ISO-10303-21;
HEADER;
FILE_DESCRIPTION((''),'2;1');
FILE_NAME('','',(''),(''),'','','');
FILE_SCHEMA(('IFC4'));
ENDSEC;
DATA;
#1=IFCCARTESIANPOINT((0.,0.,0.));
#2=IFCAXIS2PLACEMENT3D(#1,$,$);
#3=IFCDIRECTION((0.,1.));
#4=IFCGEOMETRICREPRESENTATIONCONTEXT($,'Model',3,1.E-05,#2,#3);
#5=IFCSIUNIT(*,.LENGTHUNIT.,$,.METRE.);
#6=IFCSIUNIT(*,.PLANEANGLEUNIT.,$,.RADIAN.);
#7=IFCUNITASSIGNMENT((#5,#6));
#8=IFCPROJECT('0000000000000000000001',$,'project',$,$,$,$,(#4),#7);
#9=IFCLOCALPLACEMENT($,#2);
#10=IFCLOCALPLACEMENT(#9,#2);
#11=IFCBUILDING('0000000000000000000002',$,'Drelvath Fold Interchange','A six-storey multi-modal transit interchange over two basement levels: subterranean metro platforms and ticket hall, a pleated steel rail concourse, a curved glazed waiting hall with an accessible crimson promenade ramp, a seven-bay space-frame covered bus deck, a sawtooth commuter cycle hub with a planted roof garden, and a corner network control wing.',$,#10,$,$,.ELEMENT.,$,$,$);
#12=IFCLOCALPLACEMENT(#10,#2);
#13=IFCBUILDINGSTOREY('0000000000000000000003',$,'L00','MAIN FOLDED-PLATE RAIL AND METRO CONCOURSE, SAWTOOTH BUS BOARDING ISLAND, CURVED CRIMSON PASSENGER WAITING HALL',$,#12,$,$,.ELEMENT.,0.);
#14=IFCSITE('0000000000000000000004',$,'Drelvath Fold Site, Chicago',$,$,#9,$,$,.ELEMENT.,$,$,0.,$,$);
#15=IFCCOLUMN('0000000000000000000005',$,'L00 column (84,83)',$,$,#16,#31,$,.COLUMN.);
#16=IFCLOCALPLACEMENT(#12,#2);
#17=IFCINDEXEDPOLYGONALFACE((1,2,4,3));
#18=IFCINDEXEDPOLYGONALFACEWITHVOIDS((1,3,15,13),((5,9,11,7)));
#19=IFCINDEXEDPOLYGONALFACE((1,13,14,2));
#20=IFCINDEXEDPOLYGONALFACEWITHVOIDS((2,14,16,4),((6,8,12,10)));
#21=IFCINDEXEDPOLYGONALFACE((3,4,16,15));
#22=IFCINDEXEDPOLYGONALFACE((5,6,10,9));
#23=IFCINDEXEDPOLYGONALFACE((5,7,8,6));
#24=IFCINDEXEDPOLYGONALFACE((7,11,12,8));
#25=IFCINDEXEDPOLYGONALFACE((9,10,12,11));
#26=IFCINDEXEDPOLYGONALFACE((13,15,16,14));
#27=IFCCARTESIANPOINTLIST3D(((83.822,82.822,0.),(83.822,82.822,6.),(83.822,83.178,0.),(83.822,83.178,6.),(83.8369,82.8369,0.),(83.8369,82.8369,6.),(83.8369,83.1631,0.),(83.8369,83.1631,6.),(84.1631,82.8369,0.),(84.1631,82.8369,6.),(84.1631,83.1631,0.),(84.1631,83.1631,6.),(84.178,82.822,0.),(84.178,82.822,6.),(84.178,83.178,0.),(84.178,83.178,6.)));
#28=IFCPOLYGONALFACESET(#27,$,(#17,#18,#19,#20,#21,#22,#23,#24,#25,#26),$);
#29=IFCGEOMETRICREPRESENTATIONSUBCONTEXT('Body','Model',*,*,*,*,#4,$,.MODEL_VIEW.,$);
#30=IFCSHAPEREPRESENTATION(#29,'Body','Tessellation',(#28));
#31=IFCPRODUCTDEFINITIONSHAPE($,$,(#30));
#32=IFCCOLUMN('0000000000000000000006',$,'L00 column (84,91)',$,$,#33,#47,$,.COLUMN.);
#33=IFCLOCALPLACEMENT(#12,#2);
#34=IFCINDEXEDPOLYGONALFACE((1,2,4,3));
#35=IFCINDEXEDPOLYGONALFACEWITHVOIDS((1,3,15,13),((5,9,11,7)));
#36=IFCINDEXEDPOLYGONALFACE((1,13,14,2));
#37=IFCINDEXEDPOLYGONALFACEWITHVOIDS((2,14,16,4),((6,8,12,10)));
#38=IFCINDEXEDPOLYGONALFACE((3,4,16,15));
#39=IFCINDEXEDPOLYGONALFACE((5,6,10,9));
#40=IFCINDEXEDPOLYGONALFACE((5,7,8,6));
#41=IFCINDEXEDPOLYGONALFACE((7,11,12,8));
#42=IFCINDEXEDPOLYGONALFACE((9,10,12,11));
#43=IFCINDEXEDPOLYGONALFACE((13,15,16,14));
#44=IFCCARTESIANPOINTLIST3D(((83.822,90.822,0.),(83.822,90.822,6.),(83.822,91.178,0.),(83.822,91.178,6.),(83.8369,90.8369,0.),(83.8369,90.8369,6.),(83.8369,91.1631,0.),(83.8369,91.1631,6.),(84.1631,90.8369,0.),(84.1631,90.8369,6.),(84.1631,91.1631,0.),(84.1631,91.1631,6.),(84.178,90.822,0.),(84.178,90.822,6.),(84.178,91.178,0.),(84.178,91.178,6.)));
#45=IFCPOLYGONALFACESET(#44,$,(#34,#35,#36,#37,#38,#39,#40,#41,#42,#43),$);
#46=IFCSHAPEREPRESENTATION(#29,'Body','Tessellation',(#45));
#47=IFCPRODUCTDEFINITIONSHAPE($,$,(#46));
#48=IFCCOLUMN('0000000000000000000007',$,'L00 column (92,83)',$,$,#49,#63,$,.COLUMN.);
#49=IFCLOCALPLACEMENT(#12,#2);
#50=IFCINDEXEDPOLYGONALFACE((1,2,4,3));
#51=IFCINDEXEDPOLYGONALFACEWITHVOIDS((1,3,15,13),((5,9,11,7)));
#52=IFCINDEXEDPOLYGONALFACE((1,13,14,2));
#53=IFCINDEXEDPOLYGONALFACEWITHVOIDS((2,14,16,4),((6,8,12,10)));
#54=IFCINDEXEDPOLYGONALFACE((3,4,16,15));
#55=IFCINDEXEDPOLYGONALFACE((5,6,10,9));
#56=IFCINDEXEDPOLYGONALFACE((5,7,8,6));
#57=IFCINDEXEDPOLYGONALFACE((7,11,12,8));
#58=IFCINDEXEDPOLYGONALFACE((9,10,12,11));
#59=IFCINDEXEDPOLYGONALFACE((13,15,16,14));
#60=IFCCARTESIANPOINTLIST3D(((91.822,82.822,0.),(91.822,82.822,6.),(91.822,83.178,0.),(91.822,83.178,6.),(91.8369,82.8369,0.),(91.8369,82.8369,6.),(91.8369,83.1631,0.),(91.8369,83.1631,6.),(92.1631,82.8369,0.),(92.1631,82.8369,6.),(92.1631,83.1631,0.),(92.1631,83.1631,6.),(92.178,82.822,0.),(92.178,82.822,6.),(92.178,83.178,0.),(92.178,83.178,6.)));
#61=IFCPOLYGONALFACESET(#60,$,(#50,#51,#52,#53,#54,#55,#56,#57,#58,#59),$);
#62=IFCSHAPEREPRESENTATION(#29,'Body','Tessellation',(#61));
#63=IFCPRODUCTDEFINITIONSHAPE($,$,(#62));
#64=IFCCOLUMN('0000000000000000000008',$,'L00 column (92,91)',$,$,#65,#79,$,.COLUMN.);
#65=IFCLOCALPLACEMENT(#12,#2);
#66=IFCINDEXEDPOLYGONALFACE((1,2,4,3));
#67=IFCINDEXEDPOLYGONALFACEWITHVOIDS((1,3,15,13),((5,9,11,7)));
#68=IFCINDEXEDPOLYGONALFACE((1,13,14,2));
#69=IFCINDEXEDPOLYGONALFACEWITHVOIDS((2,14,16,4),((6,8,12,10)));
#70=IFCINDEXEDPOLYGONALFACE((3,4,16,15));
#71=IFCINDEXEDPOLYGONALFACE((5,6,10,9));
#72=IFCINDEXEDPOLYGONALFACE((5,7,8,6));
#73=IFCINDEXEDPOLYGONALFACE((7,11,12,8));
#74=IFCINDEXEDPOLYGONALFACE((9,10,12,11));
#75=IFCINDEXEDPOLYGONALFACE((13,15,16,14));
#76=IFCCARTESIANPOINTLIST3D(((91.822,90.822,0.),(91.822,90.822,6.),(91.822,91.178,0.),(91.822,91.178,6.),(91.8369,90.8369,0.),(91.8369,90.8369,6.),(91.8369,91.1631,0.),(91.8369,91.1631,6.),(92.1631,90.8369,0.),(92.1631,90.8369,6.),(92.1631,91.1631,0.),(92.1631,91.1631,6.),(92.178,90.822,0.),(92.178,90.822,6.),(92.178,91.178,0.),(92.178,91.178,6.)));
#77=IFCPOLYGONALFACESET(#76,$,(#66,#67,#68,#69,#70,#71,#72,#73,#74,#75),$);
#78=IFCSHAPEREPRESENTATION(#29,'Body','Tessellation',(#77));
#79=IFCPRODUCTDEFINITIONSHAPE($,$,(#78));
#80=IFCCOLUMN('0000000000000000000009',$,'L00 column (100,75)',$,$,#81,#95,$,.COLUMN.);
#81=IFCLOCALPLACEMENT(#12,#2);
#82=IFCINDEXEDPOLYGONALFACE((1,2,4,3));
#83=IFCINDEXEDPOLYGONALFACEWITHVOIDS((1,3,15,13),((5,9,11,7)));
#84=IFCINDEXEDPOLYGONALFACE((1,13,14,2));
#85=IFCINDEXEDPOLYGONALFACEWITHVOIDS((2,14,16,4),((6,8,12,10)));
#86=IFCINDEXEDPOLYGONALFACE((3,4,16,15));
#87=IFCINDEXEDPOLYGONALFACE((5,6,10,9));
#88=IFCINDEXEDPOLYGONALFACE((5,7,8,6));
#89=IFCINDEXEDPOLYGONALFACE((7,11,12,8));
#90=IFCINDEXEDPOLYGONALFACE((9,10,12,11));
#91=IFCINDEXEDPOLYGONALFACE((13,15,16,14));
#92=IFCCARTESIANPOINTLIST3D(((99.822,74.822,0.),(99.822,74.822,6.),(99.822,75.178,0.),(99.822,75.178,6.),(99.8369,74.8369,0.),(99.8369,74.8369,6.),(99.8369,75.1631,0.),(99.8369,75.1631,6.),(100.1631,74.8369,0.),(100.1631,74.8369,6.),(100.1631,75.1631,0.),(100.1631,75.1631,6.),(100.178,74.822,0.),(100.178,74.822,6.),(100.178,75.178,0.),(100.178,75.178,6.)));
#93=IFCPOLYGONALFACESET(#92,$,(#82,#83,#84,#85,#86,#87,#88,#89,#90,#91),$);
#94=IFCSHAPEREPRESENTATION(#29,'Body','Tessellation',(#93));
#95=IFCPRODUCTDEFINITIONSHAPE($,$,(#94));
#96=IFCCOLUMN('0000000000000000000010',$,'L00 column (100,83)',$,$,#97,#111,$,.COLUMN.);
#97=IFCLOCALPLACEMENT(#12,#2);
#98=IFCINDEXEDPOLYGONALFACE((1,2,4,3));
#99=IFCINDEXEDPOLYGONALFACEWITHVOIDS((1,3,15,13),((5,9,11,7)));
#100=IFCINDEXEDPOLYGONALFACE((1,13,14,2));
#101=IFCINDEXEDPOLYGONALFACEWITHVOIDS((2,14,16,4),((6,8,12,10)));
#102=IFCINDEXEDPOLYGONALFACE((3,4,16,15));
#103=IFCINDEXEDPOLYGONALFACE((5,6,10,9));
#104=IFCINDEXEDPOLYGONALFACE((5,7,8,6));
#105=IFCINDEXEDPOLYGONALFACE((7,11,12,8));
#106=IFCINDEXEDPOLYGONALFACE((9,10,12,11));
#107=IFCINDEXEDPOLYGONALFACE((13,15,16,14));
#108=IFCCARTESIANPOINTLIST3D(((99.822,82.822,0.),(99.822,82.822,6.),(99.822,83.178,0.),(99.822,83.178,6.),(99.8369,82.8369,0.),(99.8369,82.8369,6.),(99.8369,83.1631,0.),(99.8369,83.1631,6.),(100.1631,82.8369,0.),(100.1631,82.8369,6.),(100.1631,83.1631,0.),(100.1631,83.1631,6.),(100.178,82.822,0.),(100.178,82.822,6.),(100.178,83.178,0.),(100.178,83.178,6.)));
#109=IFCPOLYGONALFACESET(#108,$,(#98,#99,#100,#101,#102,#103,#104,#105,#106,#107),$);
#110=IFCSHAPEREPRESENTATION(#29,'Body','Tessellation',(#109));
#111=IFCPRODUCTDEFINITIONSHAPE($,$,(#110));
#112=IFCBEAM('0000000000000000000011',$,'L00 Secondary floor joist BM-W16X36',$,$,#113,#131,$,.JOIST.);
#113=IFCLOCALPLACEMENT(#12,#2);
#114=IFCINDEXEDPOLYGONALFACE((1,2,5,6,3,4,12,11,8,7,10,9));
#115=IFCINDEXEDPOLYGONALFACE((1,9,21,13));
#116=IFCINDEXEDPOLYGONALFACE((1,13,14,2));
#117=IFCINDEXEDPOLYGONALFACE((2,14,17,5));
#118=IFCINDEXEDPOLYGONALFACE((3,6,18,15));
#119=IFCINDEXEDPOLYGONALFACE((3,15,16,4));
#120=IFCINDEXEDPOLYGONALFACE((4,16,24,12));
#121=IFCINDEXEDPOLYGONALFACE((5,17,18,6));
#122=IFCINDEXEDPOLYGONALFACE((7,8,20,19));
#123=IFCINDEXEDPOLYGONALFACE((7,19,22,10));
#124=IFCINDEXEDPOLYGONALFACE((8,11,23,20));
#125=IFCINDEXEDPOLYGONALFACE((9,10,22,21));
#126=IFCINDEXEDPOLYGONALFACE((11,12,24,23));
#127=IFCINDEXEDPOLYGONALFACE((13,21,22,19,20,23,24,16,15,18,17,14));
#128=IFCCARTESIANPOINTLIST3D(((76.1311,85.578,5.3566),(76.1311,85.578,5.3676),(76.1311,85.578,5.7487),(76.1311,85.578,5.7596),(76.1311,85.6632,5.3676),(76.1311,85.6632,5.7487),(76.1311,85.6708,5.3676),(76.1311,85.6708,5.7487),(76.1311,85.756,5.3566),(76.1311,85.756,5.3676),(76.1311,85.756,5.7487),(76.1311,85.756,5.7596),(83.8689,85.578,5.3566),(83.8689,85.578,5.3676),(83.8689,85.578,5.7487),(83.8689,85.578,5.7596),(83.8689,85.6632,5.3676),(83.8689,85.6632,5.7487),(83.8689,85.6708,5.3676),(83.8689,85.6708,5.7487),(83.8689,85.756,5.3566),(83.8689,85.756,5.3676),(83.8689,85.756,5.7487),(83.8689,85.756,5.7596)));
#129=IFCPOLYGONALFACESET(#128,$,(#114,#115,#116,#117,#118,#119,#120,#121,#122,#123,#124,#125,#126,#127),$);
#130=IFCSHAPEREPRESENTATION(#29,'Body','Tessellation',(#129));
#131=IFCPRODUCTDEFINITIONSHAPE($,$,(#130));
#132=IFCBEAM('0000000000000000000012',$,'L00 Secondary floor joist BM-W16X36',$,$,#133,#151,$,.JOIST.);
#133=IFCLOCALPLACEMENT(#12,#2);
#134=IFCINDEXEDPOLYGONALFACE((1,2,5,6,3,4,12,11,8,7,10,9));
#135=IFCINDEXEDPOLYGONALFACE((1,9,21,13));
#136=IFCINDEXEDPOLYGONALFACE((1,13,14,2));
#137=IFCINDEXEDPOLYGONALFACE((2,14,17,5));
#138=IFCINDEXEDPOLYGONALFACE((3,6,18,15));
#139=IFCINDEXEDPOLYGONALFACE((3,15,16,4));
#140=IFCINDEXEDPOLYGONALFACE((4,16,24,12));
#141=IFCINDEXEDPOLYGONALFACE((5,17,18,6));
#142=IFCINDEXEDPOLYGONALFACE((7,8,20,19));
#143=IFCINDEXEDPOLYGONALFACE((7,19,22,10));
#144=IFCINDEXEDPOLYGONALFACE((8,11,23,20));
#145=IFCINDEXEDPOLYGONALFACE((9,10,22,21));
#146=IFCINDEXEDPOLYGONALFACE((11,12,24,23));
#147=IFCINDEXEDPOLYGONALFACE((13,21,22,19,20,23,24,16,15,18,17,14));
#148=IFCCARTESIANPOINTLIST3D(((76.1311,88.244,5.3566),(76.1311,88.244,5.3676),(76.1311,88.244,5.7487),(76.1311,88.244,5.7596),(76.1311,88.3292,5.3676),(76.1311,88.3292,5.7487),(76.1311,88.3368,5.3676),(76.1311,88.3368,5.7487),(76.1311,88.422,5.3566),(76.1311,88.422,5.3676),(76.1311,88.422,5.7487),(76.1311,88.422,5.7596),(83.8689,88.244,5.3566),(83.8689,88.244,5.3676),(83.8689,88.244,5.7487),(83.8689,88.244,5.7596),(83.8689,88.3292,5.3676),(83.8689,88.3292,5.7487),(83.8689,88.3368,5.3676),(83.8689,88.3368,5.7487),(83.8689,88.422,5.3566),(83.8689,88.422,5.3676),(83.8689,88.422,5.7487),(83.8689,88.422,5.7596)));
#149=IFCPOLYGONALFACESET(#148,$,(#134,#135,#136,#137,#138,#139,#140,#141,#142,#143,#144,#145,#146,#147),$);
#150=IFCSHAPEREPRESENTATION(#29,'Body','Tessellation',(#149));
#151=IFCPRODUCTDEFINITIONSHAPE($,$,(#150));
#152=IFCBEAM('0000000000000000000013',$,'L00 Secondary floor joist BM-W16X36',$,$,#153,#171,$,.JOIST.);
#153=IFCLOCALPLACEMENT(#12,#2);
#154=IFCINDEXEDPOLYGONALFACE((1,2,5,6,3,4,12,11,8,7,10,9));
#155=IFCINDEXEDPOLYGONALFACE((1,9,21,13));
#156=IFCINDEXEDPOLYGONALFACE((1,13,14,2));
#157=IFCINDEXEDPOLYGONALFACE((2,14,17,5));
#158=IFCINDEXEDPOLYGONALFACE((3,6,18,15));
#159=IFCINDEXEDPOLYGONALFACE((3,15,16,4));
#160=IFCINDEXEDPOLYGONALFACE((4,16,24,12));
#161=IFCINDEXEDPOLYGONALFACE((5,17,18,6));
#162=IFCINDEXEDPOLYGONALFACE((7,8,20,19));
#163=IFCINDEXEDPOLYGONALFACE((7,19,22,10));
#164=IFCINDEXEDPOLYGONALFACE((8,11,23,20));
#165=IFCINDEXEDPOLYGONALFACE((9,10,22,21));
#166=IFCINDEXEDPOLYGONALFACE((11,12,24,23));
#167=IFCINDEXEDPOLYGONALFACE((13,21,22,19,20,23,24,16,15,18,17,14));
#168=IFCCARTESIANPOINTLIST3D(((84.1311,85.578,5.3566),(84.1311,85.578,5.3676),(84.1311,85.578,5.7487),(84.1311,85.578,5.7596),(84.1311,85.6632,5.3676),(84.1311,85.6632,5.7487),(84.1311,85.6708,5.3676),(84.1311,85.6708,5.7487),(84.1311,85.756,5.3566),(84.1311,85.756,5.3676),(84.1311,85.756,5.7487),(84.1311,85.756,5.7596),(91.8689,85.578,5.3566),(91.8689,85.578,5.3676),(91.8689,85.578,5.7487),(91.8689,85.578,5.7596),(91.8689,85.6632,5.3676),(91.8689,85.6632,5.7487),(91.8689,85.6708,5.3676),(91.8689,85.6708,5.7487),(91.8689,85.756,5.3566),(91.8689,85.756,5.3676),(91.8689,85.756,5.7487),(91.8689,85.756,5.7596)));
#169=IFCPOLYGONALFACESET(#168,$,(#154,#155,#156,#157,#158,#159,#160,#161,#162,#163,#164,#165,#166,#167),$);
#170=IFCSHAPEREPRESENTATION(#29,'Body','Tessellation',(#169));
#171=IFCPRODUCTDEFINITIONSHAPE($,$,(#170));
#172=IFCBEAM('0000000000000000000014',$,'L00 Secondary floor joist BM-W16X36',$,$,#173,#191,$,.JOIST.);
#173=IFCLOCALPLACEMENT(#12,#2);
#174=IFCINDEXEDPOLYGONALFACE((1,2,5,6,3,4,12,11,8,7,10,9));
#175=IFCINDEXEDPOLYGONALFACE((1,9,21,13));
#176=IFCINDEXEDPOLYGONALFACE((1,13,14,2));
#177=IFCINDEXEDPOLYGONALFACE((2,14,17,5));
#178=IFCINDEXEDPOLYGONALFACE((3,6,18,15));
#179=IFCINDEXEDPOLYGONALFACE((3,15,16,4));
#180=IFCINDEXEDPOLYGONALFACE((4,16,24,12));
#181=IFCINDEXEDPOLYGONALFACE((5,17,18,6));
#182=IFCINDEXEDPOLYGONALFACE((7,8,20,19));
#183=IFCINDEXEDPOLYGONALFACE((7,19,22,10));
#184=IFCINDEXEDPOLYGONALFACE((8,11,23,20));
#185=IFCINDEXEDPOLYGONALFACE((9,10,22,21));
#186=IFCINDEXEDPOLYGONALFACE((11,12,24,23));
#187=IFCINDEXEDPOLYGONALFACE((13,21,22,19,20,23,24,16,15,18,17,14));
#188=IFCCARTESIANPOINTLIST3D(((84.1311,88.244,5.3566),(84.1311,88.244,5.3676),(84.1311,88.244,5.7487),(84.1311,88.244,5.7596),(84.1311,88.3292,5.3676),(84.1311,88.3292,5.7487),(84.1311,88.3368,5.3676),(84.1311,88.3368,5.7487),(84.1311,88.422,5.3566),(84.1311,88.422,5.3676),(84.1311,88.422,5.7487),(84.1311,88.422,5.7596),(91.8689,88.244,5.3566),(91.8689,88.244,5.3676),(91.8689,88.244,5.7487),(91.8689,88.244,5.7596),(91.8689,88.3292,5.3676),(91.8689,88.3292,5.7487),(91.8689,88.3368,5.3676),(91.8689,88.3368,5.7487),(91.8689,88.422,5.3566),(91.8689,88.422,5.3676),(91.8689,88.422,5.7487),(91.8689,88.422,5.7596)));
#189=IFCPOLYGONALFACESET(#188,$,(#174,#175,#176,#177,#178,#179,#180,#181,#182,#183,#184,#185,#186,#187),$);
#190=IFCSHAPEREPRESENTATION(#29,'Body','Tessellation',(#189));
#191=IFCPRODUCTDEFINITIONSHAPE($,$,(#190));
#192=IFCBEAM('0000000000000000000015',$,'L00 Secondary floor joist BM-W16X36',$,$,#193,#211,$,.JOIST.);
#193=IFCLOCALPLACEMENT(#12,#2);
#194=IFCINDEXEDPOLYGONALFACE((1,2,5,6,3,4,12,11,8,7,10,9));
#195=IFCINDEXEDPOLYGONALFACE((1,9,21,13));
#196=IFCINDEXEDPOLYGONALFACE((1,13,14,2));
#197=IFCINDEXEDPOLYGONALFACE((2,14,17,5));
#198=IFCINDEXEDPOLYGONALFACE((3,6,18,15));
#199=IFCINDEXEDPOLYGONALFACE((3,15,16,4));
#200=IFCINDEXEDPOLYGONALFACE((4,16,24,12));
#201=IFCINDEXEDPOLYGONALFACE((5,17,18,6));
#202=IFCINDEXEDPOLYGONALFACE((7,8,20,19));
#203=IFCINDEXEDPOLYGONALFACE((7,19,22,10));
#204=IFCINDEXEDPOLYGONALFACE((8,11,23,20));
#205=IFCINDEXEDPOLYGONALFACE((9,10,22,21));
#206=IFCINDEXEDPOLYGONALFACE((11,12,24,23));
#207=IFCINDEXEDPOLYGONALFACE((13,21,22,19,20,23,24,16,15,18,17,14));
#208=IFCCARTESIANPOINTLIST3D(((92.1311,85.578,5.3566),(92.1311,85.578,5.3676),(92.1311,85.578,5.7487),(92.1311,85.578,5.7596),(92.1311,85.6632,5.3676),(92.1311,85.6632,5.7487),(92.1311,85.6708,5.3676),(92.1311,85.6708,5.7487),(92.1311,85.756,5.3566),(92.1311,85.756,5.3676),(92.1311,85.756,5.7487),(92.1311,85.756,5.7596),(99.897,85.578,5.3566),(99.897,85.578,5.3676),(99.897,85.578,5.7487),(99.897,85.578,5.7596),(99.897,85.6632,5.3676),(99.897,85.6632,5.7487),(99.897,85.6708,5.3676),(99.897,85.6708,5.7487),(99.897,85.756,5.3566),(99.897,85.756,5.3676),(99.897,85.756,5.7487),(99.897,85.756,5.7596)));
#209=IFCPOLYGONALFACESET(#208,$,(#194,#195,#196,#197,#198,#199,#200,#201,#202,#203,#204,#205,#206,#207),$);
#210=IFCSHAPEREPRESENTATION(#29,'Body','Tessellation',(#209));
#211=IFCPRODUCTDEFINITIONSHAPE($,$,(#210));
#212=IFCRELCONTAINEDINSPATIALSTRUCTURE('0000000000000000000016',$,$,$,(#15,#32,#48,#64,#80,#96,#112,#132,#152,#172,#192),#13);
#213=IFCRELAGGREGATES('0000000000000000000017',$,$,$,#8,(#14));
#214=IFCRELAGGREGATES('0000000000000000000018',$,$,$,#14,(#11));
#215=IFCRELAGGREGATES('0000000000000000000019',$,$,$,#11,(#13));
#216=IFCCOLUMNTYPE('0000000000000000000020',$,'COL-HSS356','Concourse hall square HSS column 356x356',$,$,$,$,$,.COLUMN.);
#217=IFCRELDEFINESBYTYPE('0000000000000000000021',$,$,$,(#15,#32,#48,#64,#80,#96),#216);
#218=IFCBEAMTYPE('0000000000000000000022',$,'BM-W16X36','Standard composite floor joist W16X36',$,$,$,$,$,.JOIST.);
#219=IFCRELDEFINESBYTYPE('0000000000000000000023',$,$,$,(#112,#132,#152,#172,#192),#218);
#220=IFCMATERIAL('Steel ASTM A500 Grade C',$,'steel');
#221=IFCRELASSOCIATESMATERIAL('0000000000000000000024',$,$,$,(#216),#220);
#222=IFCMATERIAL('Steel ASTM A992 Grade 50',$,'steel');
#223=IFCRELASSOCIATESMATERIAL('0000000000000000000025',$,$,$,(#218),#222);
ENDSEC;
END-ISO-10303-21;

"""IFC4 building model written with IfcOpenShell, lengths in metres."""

from ifc_helpers import new_model, si_unit, direction, frame, origin, origin_2d, place, context, subcontext, project, spatial, hollow_rectangle, i_section, extrude, material, material_profile, profile_set, type_object, element, save


model = new_model("IFC4")

# Units and contexts
model_context = context("Model", 3, precision=1e-05, world=origin(), true_north=direction((0.0, 1.0)))
body_context = subcontext(model_context, "Body", "Model", "MODEL_VIEW")
ifc_project = project(units=[si_unit("LENGTHUNIT", "METRE"), si_unit("PLANEANGLEUNIT", "RADIAN")], contexts=[model_context])

# Site, building, storey
site_placement = place(None, origin())
site = spatial("IfcSite", under=ifc_project, at=site_placement, Name="Drelvath Fold Site, Chicago", CompositionType="ELEMENT", RefElevation=0.0)
building_placement = place(site_placement, origin())
building = spatial("IfcBuilding", under=site, at=building_placement, Name="Drelvath Fold Interchange", Description="A six-storey multi-modal transit interchange over two basement levels: subterranean metro platforms and ticket hall, a pleated steel rail concourse, a curved glazed waiting hall with an accessible crimson promenade ramp, a seven-bay space-frame covered bus deck, a sawtooth commuter cycle hub with a planted roof garden, and a corner network control wing.", CompositionType="ELEMENT")
storey_placement = place(building_placement, origin())
storey = spatial("IfcBuildingStorey", under=building, at=storey_placement, Name="L00", Description="MAIN FOLDED-PLATE RAIL AND METRO CONCOURSE, SAWTOOTH BUS BOARDING ISLAND, CURVED CRIMSON PASSENGER WAITING HALL", CompositionType="ELEMENT", Elevation=0.0)

# Columns
ifc_material_1 = material(Name="Steel ASTM A500 Grade C", Category="steel")
ifc_material_profile_1 = material_profile(ifc_material_1, hollow_rectangle(XDim=0.356, YDim=0.356, WallThickness=0.0149, at=origin_2d()), Name="HSS14X14X5/8")
ifc_profile_set_1 = profile_set([ifc_material_profile_1], Name="Steel ASTM A500 Grade C")
column_type = type_object("IfcColumnType", Name="COL-HSS356", Description="Concourse hall square HSS column 356x356", PredefinedType="COLUMN", material=ifc_profile_set_1)
for number, where, z_axis, x_axis, name in (
    (1, (84.0, 83.0, 0.0), (0.0, 0.0, 1.0), (1.0, 0.0, 0.0), "L00 column (84,83)"),
    (2, (84.0, 91.0, 0.0), (0.0, 0.0, 1.0), (1.0, 0.0, 0.0), "L00 column (84,91)"),
    (3, (92.0, 83.0, 0.0), (0.0, 0.0, 1.0), (1.0, 0.0, 0.0), "L00 column (92,83)"),
    (4, (92.0, 91.0, 0.0), (0.0, 0.0, 1.0), (1.0, 0.0, 0.0), "L00 column (92,91)"),
    (5, (100.0, 75.0, 0.0), (0.0, 0.0, 1.0), (1.0, 0.0, 0.0), "L00 column (100,75)"),
    (6, (100.0, 83.0, 0.0), (0.0, 0.0, 1.0), (1.0, 0.0, 0.0), "L00 column (100,83)"),
):
    element("IfcColumn", number, at=place(storey_placement, frame(where, z_axis=z_axis, x_axis=x_axis)), inside=storey, type_object=column_type, Name=name, PredefinedType="COLUMN", context=body_context, shape_type="SweptSolid", body=[
        extrude(hollow_rectangle(XDim=0.356, YDim=0.356, WallThickness=0.0149, at=origin_2d()), origin(), (0.0, 0.0, 1.0), 6.0),
    ])

# Beams
ifc_material_2 = material(Name="Steel ASTM A992 Grade 50", Category="steel")
ifc_material_profile_2 = material_profile(ifc_material_2, i_section(OverallWidth=0.178, OverallDepth=0.4031, WebThickness=0.0076, FlangeThickness=0.011, at=origin_2d()), Name="W16X36")
ifc_profile_set_2 = profile_set([ifc_material_profile_2], Name="Steel ASTM A992 Grade 50")
beam_type_1 = type_object("IfcBeamType", Name="BM-W16X36", Description="Standard composite floor joist W16X36", PredefinedType="JOIST", material=ifc_profile_set_2)
for number, where, z_axis, x_axis, name in (
    (7, (76.1311, 85.667, 5.5581), (1.0, 0.0, 0.0), (0.0, 1.0, 0.0), "L00 Secondary floor joist BM-W16X36"),
    (8, (76.1311, 88.333, 5.5581), (1.0, 0.0, 0.0), (0.0, 1.0, 0.0), "L00 Secondary floor joist BM-W16X36"),
    (9, (84.1311, 85.667, 5.5581), (1.0, 0.0, 0.0), (0.0, 1.0, 0.0), "L00 Secondary floor joist BM-W16X36"),
    (10, (84.1311, 88.333, 5.5581), (1.0, 0.0, 0.0), (0.0, 1.0, 0.0), "L00 Secondary floor joist BM-W16X36"),
):
    element("IfcBeam", number, at=place(storey_placement, frame(where, z_axis=z_axis, x_axis=x_axis)), inside=storey, type_object=beam_type_1, Name=name, PredefinedType="JOIST", context=body_context, shape_type="SweptSolid", body=[
        extrude(i_section(OverallWidth=0.178, OverallDepth=0.4031, WebThickness=0.0076, FlangeThickness=0.011, at=origin_2d()), origin(), (0.0, 0.0, 1.0), 7.7378),
    ])
for number, where, z_axis, x_axis, name in (
    (11, (92.1311, 85.667, 5.5581), (1.0, 0.0, 0.0), (0.0, 1.0, 0.0), "L00 Secondary floor joist BM-W16X36"),
):
    element("IfcBeam", number, at=place(storey_placement, frame(where, z_axis=z_axis, x_axis=x_axis)), inside=storey, type_object=beam_type_1, Name=name, PredefinedType="JOIST", context=body_context, shape_type="SweptSolid", body=[
        extrude(i_section(OverallWidth=0.178, OverallDepth=0.4031, WebThickness=0.0076, FlangeThickness=0.011, at=origin_2d()), origin(), (0.0, 0.0, 1.0), 7.7659),
    ])

save(model, "model.ifc")
